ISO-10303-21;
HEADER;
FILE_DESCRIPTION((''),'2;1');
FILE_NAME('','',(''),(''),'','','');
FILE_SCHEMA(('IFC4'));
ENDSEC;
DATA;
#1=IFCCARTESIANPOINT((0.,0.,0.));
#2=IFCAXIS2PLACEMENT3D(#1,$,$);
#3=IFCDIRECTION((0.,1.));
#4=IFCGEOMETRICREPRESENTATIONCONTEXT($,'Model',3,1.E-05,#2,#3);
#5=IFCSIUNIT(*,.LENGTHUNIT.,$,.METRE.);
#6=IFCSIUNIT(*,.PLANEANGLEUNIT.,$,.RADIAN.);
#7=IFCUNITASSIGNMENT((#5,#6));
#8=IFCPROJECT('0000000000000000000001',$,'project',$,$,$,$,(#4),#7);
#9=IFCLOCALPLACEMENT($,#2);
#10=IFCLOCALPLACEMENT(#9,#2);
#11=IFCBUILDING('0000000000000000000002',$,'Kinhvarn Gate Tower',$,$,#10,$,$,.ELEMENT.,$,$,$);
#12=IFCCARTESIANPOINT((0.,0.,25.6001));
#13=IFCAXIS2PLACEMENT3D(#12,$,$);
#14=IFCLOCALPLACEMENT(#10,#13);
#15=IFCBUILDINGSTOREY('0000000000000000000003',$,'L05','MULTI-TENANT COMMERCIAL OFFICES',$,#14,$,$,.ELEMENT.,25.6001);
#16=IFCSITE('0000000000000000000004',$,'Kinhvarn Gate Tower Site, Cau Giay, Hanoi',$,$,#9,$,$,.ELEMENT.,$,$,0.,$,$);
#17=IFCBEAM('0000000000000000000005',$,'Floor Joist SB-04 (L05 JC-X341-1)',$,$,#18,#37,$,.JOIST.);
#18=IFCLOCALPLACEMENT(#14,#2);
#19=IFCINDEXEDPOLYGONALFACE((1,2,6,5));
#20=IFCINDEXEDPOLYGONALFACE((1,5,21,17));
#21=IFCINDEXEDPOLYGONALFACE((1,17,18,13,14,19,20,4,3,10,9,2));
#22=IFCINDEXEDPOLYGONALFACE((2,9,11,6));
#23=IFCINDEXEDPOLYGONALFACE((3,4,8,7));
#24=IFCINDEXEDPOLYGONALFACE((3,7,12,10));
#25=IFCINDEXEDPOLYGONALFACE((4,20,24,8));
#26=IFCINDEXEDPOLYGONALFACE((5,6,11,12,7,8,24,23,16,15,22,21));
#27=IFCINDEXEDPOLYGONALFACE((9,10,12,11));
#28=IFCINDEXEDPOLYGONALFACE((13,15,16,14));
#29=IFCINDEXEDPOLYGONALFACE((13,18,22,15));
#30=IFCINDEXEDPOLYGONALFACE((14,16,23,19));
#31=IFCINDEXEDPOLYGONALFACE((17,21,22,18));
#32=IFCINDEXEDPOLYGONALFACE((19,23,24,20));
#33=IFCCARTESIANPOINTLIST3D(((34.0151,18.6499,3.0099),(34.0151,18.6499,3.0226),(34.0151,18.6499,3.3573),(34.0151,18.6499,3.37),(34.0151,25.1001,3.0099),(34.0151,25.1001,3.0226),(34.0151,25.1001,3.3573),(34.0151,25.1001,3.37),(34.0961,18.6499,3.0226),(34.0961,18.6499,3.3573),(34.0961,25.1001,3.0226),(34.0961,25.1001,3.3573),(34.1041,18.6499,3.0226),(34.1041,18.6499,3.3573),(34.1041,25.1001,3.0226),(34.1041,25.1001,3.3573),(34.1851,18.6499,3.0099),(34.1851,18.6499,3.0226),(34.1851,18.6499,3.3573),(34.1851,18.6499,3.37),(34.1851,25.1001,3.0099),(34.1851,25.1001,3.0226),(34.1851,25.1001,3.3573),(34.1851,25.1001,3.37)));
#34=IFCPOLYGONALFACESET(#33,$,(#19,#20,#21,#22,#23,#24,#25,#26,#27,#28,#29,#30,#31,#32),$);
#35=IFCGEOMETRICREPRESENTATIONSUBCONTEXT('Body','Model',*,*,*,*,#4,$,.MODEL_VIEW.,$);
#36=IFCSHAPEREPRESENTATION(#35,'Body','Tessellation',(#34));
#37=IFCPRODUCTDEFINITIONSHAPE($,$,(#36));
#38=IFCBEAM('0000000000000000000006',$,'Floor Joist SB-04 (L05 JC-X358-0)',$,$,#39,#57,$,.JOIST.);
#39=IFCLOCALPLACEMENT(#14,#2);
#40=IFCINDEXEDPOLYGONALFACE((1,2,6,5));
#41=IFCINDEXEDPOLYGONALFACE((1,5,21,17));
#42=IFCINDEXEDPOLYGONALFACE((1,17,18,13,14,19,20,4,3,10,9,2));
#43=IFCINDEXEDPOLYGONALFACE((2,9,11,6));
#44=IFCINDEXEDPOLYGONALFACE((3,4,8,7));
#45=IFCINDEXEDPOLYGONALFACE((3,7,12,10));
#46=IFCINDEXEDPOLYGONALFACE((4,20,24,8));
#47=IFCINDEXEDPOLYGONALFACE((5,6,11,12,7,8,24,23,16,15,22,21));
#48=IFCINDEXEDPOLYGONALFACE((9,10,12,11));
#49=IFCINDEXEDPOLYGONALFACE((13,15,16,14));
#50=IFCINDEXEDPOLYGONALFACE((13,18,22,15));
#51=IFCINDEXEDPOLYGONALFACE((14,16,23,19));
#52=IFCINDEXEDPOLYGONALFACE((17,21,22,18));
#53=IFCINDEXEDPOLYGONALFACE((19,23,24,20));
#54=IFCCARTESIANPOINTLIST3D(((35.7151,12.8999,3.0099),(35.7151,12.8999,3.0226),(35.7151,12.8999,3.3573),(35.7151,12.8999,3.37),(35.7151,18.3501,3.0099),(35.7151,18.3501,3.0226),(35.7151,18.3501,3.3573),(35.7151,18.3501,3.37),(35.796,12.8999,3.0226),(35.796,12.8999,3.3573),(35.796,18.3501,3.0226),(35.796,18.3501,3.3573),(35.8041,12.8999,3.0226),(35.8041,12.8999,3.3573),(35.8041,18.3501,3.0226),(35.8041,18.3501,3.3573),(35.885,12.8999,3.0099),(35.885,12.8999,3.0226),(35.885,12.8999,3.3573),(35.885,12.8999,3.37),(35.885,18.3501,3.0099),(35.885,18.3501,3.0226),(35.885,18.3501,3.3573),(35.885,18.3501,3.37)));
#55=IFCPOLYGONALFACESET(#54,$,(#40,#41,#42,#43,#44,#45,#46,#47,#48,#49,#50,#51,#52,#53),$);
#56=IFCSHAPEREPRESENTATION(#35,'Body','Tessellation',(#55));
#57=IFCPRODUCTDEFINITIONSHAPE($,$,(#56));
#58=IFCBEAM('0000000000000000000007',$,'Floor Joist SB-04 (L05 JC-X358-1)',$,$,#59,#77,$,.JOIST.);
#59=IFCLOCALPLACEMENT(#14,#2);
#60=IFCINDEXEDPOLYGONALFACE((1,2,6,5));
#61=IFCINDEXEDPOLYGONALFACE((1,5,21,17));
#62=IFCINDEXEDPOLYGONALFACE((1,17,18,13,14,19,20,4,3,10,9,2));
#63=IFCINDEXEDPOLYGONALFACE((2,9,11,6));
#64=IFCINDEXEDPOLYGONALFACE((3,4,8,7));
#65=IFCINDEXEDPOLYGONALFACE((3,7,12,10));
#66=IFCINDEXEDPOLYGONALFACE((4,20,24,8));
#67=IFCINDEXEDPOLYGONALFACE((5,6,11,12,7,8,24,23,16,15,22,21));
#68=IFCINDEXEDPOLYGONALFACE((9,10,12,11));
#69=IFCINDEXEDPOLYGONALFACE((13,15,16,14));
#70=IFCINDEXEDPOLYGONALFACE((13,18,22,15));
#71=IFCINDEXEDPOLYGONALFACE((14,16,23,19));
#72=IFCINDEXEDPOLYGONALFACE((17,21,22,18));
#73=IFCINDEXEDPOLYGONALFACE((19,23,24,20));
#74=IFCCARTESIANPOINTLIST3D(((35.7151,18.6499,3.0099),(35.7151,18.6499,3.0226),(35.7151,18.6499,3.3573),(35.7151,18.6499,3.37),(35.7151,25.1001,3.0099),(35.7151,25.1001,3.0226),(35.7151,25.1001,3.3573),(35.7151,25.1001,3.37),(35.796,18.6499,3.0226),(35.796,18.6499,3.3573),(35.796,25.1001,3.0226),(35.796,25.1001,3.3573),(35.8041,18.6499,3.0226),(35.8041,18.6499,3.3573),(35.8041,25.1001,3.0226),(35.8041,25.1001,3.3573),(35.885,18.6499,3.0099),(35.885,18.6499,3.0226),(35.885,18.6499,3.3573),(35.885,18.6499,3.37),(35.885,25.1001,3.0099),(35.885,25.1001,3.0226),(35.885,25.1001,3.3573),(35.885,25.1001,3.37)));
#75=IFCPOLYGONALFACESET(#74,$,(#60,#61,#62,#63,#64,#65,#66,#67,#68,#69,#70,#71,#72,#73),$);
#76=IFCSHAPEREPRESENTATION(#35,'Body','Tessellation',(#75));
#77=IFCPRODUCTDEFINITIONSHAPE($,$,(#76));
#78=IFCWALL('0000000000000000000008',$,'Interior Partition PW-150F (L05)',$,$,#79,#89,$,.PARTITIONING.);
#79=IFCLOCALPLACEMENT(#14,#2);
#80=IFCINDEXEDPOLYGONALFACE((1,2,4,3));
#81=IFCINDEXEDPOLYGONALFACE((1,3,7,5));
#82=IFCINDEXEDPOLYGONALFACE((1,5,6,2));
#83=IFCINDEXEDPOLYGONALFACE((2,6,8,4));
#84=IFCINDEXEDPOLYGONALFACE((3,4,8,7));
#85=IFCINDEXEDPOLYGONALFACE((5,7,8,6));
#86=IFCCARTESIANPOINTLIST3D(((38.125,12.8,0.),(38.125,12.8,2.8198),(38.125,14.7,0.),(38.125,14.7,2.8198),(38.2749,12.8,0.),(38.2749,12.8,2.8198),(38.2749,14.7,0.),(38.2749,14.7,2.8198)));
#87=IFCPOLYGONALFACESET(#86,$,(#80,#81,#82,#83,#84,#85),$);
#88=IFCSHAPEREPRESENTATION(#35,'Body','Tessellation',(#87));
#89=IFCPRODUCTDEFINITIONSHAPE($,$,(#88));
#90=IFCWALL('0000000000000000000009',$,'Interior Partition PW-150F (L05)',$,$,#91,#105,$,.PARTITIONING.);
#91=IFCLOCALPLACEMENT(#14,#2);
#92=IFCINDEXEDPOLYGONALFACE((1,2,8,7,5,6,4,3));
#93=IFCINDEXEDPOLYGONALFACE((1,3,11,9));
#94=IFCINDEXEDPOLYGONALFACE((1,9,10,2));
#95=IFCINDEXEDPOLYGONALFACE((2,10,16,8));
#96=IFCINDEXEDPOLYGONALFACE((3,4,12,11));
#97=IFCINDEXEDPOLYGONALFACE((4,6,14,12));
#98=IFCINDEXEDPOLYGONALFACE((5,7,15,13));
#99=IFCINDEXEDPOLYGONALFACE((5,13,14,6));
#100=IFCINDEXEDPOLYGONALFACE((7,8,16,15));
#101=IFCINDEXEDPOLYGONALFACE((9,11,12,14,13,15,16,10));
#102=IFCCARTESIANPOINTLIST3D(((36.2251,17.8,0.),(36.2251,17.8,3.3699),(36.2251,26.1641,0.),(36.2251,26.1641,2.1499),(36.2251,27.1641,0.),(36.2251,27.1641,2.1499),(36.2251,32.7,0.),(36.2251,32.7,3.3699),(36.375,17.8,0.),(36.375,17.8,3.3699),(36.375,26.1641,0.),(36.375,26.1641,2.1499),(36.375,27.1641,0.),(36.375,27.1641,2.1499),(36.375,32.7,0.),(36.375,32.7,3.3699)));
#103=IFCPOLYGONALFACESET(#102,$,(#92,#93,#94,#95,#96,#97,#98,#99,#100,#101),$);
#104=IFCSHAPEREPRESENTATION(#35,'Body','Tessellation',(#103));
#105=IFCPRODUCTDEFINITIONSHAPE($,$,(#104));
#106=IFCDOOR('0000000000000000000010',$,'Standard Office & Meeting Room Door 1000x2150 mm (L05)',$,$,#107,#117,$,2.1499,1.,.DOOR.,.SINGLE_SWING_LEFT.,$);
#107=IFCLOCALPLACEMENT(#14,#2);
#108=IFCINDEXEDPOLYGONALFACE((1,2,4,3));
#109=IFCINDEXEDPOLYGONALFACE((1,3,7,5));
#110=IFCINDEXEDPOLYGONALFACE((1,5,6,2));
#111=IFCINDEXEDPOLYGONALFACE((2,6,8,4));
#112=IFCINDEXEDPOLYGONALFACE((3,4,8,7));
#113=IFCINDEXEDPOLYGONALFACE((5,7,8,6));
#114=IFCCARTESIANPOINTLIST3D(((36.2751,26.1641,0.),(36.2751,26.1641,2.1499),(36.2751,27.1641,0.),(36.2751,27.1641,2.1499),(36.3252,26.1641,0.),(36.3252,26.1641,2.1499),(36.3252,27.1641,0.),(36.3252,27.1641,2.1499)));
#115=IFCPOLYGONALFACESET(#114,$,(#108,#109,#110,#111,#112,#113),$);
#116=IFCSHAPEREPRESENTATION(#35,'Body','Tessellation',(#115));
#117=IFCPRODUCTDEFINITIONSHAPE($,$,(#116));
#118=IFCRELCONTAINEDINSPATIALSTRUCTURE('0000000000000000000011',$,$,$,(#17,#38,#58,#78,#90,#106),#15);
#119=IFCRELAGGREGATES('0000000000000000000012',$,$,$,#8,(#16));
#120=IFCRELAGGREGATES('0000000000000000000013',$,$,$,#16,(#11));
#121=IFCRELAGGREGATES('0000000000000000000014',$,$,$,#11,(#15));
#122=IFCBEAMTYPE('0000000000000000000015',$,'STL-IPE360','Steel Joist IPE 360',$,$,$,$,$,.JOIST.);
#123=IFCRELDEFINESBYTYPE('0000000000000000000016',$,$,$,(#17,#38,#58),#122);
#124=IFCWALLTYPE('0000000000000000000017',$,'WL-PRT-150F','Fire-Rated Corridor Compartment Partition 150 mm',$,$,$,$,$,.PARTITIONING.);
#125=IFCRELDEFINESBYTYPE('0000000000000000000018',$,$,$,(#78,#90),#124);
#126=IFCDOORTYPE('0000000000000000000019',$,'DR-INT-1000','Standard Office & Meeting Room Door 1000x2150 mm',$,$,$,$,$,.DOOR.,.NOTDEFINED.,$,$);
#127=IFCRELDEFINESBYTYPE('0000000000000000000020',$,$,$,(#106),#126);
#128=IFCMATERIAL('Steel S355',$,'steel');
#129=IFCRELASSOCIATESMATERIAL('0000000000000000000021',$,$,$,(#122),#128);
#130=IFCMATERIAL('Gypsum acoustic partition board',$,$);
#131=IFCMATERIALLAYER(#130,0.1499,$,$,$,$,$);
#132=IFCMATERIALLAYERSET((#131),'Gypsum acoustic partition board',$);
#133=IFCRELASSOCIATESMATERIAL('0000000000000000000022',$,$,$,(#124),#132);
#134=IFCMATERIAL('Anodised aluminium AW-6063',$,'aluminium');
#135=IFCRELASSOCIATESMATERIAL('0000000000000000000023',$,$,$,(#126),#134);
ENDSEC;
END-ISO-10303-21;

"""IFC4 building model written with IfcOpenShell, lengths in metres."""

from ifc_helpers import new_model, si_unit, direction, frame, frame_2d, origin, origin_2d, place, context, subcontext, project, spatial, rectangle, i_section, extrude, material, layer, layer_set, material_profile, profile_set, type_object, element, fill, save


model = new_model("IFC4")

# Units and contexts
model_context = context("Model", 3, precision=1e-05, world=origin(), true_north=direction((0.0, 1.0)))
body_context = subcontext(model_context, "Body", "Model", "MODEL_VIEW")
ifc_project = project(units=[si_unit("LENGTHUNIT", "METRE"), si_unit("PLANEANGLEUNIT", "RADIAN")], contexts=[model_context])

# Site, building, storey
site_placement = place(None, origin())
site = spatial("IfcSite", under=ifc_project, at=site_placement, Name="Kinhvarn Gate Tower Site, Cau Giay, Hanoi", CompositionType="ELEMENT", RefElevation=0.0)
building_placement = place(site_placement, origin())
building = spatial("IfcBuilding", under=site, at=building_placement, Name="Kinhvarn Gate Tower", CompositionType="ELEMENT")
storey_placement = place(building_placement, frame((0.0, 0.0, 25.6001)))
storey = spatial("IfcBuildingStorey", under=building, at=storey_placement, Name="L05", Description="MULTI-TENANT COMMERCIAL OFFICES", CompositionType="ELEMENT", Elevation=25.6001)

# Beams
ifc_material_1 = material(Name="Steel S355", Category="steel")
ifc_material_profile_1 = material_profile(ifc_material_1, i_section(OverallWidth=0.1699, OverallDepth=0.3601, WebThickness=0.0081, FlangeThickness=0.0127, at=origin_2d()), Name="IPE 360")
ifc_profile_set_1 = profile_set([ifc_material_profile_1], Name="Steel S355")
beam_type_1 = type_object("IfcBeamType", Name="STL-IPE360", Description="Steel Joist IPE 360", PredefinedType="JOIST", material=ifc_profile_set_1)
beam_1_placement = place(storey_placement, frame((34.1001, 18.6499, 3.1899), z_axis=(0.0, 1.0, 0.0), x_axis=(-1.0, 0.0, 0.0)))
element("IfcBeam", 1, at=beam_1_placement, inside=storey, type_object=beam_type_1, Name="Floor Joist SB-04 (L05 JC-X341-1)", PredefinedType="JOIST", context=body_context, shape_type="SweptSolid", body=[
    extrude(i_section(OverallWidth=0.1699, OverallDepth=0.3601, WebThickness=0.0081, FlangeThickness=0.0127, at=origin_2d()), origin(), (0.0, 0.0, 1.0), 6.4502),
])
beam_2_placement = place(storey_placement, frame((35.8, 12.8999, 3.1899), z_axis=(0.0, 1.0, 0.0), x_axis=(-1.0, 0.0, 0.0)))
element("IfcBeam", 2, at=beam_2_placement, inside=storey, type_object=beam_type_1, Name="Floor Joist SB-04 (L05 JC-X358-0)", PredefinedType="JOIST", context=body_context, shape_type="SweptSolid", body=[
    extrude(i_section(OverallWidth=0.1699, OverallDepth=0.3601, WebThickness=0.0081, FlangeThickness=0.0127, at=origin_2d()), origin(), (0.0, 0.0, 1.0), 5.4502),
])
beam_3_placement = place(storey_placement, frame((35.8, 18.6499, 3.1899), z_axis=(0.0, 1.0, 0.0), x_axis=(-1.0, 0.0, 0.0)))
element("IfcBeam", 3, at=beam_3_placement, inside=storey, type_object=beam_type_1, Name="Floor Joist SB-04 (L05 JC-X358-1)", PredefinedType="JOIST", context=body_context, shape_type="SweptSolid", body=[
    extrude(i_section(OverallWidth=0.1699, OverallDepth=0.3601, WebThickness=0.0081, FlangeThickness=0.0127, at=origin_2d()), origin(), (0.0, 0.0, 1.0), 6.4502),
])

# Wall
ifc_material_2 = material(Name="Gypsum acoustic partition board")
ifc_layer = layer(ifc_material_2, 0.1499)
ifc_layer_set = layer_set([ifc_layer], Name="Gypsum acoustic partition board")
wall_type = type_object("IfcWallType", Name="WL-PRT-150F", Description="Fire-Rated Corridor Compartment Partition 150 mm", PredefinedType="PARTITIONING", material=ifc_layer_set)
wall_1_placement = place(storey_placement, frame((38.2, 12.8, 0.0), z_axis=(0.0, 0.0, 1.0), x_axis=(0.0, 1.0, 0.0)))
element("IfcWall", 4, at=wall_1_placement, inside=storey, type_object=wall_type, Name="Interior Partition PW-150F (L05)", PredefinedType="PARTITIONING", context=body_context, shape_type="SweptSolid", body=[
    extrude(rectangle(XDim=1.8999, YDim=0.1499, at=frame_2d((0.95, 0.0))), origin(), (0.0, 0.0, 1.0), 2.8198),
])

# Wall, opening, door
ifc_material_3 = material(Name="Anodised aluminium AW-6063", Category="aluminium")
door_type = type_object("IfcDoorType", Name="DR-INT-1000", Description="Standard Office & Meeting Room Door 1000x2150 mm", OperationType="NOTDEFINED", PredefinedType="DOOR", material=ifc_material_3)
wall_2_placement = place(storey_placement, frame((36.3, 17.8, 0.0), z_axis=(0.0, 0.0, 1.0), x_axis=(0.0, 1.0, 0.0)))
wall_2 = element("IfcWall", 5, at=wall_2_placement, inside=storey, type_object=wall_type, Name="Interior Partition PW-150F (L05)", PredefinedType="PARTITIONING", context=body_context, shape_type="SweptSolid", body=[
    extrude(rectangle(XDim=14.8999, YDim=0.1499, at=frame_2d((7.45, 0.0))), origin(), (0.0, 0.0, 1.0), 3.3699),
])
opening_1_placement = place(wall_2_placement, frame((8.364, 0.0, 0.0)))
opening_1 = element("IfcOpeningElement", 6, at=opening_1_placement, cuts=wall_2, PredefinedType="OPENING", context=body_context, shape_type="SweptSolid", body=[
    extrude(rectangle(XDim=1.0, YDim=2.1499, at=frame_2d((0.5, 1.075))), frame((0.0, 0.085, 0.0), z_axis=(0.0, -1.0, 0.0), x_axis=(1.0, 0.0, 0.0)), (0.0, 0.0, 1.0), 0.1699),
])
door_1_placement = place(opening_1_placement, origin())
door_1 = element("IfcDoor", 7, at=door_1_placement, inside=storey, type_object=door_type, Name="Standard Office & Meeting Room Door 1000x2150 mm (L05)", OperationType="SINGLE_SWING_LEFT", OverallHeight=2.1499, OverallWidth=1.0, PredefinedType="DOOR", context=body_context, shape_type="SweptSolid", body=[
    extrude(rectangle(XDim=1.0, YDim=2.1499, at=frame_2d((0.5, 1.075))), frame((0.0, 0.0249, 0.0), z_axis=(0.0, -1.0, 0.0), x_axis=(1.0, 0.0, 0.0)), (0.0, 0.0, 1.0), 0.05),
])
fill(opening_1, door_1)

save(model, "model.ifc")
